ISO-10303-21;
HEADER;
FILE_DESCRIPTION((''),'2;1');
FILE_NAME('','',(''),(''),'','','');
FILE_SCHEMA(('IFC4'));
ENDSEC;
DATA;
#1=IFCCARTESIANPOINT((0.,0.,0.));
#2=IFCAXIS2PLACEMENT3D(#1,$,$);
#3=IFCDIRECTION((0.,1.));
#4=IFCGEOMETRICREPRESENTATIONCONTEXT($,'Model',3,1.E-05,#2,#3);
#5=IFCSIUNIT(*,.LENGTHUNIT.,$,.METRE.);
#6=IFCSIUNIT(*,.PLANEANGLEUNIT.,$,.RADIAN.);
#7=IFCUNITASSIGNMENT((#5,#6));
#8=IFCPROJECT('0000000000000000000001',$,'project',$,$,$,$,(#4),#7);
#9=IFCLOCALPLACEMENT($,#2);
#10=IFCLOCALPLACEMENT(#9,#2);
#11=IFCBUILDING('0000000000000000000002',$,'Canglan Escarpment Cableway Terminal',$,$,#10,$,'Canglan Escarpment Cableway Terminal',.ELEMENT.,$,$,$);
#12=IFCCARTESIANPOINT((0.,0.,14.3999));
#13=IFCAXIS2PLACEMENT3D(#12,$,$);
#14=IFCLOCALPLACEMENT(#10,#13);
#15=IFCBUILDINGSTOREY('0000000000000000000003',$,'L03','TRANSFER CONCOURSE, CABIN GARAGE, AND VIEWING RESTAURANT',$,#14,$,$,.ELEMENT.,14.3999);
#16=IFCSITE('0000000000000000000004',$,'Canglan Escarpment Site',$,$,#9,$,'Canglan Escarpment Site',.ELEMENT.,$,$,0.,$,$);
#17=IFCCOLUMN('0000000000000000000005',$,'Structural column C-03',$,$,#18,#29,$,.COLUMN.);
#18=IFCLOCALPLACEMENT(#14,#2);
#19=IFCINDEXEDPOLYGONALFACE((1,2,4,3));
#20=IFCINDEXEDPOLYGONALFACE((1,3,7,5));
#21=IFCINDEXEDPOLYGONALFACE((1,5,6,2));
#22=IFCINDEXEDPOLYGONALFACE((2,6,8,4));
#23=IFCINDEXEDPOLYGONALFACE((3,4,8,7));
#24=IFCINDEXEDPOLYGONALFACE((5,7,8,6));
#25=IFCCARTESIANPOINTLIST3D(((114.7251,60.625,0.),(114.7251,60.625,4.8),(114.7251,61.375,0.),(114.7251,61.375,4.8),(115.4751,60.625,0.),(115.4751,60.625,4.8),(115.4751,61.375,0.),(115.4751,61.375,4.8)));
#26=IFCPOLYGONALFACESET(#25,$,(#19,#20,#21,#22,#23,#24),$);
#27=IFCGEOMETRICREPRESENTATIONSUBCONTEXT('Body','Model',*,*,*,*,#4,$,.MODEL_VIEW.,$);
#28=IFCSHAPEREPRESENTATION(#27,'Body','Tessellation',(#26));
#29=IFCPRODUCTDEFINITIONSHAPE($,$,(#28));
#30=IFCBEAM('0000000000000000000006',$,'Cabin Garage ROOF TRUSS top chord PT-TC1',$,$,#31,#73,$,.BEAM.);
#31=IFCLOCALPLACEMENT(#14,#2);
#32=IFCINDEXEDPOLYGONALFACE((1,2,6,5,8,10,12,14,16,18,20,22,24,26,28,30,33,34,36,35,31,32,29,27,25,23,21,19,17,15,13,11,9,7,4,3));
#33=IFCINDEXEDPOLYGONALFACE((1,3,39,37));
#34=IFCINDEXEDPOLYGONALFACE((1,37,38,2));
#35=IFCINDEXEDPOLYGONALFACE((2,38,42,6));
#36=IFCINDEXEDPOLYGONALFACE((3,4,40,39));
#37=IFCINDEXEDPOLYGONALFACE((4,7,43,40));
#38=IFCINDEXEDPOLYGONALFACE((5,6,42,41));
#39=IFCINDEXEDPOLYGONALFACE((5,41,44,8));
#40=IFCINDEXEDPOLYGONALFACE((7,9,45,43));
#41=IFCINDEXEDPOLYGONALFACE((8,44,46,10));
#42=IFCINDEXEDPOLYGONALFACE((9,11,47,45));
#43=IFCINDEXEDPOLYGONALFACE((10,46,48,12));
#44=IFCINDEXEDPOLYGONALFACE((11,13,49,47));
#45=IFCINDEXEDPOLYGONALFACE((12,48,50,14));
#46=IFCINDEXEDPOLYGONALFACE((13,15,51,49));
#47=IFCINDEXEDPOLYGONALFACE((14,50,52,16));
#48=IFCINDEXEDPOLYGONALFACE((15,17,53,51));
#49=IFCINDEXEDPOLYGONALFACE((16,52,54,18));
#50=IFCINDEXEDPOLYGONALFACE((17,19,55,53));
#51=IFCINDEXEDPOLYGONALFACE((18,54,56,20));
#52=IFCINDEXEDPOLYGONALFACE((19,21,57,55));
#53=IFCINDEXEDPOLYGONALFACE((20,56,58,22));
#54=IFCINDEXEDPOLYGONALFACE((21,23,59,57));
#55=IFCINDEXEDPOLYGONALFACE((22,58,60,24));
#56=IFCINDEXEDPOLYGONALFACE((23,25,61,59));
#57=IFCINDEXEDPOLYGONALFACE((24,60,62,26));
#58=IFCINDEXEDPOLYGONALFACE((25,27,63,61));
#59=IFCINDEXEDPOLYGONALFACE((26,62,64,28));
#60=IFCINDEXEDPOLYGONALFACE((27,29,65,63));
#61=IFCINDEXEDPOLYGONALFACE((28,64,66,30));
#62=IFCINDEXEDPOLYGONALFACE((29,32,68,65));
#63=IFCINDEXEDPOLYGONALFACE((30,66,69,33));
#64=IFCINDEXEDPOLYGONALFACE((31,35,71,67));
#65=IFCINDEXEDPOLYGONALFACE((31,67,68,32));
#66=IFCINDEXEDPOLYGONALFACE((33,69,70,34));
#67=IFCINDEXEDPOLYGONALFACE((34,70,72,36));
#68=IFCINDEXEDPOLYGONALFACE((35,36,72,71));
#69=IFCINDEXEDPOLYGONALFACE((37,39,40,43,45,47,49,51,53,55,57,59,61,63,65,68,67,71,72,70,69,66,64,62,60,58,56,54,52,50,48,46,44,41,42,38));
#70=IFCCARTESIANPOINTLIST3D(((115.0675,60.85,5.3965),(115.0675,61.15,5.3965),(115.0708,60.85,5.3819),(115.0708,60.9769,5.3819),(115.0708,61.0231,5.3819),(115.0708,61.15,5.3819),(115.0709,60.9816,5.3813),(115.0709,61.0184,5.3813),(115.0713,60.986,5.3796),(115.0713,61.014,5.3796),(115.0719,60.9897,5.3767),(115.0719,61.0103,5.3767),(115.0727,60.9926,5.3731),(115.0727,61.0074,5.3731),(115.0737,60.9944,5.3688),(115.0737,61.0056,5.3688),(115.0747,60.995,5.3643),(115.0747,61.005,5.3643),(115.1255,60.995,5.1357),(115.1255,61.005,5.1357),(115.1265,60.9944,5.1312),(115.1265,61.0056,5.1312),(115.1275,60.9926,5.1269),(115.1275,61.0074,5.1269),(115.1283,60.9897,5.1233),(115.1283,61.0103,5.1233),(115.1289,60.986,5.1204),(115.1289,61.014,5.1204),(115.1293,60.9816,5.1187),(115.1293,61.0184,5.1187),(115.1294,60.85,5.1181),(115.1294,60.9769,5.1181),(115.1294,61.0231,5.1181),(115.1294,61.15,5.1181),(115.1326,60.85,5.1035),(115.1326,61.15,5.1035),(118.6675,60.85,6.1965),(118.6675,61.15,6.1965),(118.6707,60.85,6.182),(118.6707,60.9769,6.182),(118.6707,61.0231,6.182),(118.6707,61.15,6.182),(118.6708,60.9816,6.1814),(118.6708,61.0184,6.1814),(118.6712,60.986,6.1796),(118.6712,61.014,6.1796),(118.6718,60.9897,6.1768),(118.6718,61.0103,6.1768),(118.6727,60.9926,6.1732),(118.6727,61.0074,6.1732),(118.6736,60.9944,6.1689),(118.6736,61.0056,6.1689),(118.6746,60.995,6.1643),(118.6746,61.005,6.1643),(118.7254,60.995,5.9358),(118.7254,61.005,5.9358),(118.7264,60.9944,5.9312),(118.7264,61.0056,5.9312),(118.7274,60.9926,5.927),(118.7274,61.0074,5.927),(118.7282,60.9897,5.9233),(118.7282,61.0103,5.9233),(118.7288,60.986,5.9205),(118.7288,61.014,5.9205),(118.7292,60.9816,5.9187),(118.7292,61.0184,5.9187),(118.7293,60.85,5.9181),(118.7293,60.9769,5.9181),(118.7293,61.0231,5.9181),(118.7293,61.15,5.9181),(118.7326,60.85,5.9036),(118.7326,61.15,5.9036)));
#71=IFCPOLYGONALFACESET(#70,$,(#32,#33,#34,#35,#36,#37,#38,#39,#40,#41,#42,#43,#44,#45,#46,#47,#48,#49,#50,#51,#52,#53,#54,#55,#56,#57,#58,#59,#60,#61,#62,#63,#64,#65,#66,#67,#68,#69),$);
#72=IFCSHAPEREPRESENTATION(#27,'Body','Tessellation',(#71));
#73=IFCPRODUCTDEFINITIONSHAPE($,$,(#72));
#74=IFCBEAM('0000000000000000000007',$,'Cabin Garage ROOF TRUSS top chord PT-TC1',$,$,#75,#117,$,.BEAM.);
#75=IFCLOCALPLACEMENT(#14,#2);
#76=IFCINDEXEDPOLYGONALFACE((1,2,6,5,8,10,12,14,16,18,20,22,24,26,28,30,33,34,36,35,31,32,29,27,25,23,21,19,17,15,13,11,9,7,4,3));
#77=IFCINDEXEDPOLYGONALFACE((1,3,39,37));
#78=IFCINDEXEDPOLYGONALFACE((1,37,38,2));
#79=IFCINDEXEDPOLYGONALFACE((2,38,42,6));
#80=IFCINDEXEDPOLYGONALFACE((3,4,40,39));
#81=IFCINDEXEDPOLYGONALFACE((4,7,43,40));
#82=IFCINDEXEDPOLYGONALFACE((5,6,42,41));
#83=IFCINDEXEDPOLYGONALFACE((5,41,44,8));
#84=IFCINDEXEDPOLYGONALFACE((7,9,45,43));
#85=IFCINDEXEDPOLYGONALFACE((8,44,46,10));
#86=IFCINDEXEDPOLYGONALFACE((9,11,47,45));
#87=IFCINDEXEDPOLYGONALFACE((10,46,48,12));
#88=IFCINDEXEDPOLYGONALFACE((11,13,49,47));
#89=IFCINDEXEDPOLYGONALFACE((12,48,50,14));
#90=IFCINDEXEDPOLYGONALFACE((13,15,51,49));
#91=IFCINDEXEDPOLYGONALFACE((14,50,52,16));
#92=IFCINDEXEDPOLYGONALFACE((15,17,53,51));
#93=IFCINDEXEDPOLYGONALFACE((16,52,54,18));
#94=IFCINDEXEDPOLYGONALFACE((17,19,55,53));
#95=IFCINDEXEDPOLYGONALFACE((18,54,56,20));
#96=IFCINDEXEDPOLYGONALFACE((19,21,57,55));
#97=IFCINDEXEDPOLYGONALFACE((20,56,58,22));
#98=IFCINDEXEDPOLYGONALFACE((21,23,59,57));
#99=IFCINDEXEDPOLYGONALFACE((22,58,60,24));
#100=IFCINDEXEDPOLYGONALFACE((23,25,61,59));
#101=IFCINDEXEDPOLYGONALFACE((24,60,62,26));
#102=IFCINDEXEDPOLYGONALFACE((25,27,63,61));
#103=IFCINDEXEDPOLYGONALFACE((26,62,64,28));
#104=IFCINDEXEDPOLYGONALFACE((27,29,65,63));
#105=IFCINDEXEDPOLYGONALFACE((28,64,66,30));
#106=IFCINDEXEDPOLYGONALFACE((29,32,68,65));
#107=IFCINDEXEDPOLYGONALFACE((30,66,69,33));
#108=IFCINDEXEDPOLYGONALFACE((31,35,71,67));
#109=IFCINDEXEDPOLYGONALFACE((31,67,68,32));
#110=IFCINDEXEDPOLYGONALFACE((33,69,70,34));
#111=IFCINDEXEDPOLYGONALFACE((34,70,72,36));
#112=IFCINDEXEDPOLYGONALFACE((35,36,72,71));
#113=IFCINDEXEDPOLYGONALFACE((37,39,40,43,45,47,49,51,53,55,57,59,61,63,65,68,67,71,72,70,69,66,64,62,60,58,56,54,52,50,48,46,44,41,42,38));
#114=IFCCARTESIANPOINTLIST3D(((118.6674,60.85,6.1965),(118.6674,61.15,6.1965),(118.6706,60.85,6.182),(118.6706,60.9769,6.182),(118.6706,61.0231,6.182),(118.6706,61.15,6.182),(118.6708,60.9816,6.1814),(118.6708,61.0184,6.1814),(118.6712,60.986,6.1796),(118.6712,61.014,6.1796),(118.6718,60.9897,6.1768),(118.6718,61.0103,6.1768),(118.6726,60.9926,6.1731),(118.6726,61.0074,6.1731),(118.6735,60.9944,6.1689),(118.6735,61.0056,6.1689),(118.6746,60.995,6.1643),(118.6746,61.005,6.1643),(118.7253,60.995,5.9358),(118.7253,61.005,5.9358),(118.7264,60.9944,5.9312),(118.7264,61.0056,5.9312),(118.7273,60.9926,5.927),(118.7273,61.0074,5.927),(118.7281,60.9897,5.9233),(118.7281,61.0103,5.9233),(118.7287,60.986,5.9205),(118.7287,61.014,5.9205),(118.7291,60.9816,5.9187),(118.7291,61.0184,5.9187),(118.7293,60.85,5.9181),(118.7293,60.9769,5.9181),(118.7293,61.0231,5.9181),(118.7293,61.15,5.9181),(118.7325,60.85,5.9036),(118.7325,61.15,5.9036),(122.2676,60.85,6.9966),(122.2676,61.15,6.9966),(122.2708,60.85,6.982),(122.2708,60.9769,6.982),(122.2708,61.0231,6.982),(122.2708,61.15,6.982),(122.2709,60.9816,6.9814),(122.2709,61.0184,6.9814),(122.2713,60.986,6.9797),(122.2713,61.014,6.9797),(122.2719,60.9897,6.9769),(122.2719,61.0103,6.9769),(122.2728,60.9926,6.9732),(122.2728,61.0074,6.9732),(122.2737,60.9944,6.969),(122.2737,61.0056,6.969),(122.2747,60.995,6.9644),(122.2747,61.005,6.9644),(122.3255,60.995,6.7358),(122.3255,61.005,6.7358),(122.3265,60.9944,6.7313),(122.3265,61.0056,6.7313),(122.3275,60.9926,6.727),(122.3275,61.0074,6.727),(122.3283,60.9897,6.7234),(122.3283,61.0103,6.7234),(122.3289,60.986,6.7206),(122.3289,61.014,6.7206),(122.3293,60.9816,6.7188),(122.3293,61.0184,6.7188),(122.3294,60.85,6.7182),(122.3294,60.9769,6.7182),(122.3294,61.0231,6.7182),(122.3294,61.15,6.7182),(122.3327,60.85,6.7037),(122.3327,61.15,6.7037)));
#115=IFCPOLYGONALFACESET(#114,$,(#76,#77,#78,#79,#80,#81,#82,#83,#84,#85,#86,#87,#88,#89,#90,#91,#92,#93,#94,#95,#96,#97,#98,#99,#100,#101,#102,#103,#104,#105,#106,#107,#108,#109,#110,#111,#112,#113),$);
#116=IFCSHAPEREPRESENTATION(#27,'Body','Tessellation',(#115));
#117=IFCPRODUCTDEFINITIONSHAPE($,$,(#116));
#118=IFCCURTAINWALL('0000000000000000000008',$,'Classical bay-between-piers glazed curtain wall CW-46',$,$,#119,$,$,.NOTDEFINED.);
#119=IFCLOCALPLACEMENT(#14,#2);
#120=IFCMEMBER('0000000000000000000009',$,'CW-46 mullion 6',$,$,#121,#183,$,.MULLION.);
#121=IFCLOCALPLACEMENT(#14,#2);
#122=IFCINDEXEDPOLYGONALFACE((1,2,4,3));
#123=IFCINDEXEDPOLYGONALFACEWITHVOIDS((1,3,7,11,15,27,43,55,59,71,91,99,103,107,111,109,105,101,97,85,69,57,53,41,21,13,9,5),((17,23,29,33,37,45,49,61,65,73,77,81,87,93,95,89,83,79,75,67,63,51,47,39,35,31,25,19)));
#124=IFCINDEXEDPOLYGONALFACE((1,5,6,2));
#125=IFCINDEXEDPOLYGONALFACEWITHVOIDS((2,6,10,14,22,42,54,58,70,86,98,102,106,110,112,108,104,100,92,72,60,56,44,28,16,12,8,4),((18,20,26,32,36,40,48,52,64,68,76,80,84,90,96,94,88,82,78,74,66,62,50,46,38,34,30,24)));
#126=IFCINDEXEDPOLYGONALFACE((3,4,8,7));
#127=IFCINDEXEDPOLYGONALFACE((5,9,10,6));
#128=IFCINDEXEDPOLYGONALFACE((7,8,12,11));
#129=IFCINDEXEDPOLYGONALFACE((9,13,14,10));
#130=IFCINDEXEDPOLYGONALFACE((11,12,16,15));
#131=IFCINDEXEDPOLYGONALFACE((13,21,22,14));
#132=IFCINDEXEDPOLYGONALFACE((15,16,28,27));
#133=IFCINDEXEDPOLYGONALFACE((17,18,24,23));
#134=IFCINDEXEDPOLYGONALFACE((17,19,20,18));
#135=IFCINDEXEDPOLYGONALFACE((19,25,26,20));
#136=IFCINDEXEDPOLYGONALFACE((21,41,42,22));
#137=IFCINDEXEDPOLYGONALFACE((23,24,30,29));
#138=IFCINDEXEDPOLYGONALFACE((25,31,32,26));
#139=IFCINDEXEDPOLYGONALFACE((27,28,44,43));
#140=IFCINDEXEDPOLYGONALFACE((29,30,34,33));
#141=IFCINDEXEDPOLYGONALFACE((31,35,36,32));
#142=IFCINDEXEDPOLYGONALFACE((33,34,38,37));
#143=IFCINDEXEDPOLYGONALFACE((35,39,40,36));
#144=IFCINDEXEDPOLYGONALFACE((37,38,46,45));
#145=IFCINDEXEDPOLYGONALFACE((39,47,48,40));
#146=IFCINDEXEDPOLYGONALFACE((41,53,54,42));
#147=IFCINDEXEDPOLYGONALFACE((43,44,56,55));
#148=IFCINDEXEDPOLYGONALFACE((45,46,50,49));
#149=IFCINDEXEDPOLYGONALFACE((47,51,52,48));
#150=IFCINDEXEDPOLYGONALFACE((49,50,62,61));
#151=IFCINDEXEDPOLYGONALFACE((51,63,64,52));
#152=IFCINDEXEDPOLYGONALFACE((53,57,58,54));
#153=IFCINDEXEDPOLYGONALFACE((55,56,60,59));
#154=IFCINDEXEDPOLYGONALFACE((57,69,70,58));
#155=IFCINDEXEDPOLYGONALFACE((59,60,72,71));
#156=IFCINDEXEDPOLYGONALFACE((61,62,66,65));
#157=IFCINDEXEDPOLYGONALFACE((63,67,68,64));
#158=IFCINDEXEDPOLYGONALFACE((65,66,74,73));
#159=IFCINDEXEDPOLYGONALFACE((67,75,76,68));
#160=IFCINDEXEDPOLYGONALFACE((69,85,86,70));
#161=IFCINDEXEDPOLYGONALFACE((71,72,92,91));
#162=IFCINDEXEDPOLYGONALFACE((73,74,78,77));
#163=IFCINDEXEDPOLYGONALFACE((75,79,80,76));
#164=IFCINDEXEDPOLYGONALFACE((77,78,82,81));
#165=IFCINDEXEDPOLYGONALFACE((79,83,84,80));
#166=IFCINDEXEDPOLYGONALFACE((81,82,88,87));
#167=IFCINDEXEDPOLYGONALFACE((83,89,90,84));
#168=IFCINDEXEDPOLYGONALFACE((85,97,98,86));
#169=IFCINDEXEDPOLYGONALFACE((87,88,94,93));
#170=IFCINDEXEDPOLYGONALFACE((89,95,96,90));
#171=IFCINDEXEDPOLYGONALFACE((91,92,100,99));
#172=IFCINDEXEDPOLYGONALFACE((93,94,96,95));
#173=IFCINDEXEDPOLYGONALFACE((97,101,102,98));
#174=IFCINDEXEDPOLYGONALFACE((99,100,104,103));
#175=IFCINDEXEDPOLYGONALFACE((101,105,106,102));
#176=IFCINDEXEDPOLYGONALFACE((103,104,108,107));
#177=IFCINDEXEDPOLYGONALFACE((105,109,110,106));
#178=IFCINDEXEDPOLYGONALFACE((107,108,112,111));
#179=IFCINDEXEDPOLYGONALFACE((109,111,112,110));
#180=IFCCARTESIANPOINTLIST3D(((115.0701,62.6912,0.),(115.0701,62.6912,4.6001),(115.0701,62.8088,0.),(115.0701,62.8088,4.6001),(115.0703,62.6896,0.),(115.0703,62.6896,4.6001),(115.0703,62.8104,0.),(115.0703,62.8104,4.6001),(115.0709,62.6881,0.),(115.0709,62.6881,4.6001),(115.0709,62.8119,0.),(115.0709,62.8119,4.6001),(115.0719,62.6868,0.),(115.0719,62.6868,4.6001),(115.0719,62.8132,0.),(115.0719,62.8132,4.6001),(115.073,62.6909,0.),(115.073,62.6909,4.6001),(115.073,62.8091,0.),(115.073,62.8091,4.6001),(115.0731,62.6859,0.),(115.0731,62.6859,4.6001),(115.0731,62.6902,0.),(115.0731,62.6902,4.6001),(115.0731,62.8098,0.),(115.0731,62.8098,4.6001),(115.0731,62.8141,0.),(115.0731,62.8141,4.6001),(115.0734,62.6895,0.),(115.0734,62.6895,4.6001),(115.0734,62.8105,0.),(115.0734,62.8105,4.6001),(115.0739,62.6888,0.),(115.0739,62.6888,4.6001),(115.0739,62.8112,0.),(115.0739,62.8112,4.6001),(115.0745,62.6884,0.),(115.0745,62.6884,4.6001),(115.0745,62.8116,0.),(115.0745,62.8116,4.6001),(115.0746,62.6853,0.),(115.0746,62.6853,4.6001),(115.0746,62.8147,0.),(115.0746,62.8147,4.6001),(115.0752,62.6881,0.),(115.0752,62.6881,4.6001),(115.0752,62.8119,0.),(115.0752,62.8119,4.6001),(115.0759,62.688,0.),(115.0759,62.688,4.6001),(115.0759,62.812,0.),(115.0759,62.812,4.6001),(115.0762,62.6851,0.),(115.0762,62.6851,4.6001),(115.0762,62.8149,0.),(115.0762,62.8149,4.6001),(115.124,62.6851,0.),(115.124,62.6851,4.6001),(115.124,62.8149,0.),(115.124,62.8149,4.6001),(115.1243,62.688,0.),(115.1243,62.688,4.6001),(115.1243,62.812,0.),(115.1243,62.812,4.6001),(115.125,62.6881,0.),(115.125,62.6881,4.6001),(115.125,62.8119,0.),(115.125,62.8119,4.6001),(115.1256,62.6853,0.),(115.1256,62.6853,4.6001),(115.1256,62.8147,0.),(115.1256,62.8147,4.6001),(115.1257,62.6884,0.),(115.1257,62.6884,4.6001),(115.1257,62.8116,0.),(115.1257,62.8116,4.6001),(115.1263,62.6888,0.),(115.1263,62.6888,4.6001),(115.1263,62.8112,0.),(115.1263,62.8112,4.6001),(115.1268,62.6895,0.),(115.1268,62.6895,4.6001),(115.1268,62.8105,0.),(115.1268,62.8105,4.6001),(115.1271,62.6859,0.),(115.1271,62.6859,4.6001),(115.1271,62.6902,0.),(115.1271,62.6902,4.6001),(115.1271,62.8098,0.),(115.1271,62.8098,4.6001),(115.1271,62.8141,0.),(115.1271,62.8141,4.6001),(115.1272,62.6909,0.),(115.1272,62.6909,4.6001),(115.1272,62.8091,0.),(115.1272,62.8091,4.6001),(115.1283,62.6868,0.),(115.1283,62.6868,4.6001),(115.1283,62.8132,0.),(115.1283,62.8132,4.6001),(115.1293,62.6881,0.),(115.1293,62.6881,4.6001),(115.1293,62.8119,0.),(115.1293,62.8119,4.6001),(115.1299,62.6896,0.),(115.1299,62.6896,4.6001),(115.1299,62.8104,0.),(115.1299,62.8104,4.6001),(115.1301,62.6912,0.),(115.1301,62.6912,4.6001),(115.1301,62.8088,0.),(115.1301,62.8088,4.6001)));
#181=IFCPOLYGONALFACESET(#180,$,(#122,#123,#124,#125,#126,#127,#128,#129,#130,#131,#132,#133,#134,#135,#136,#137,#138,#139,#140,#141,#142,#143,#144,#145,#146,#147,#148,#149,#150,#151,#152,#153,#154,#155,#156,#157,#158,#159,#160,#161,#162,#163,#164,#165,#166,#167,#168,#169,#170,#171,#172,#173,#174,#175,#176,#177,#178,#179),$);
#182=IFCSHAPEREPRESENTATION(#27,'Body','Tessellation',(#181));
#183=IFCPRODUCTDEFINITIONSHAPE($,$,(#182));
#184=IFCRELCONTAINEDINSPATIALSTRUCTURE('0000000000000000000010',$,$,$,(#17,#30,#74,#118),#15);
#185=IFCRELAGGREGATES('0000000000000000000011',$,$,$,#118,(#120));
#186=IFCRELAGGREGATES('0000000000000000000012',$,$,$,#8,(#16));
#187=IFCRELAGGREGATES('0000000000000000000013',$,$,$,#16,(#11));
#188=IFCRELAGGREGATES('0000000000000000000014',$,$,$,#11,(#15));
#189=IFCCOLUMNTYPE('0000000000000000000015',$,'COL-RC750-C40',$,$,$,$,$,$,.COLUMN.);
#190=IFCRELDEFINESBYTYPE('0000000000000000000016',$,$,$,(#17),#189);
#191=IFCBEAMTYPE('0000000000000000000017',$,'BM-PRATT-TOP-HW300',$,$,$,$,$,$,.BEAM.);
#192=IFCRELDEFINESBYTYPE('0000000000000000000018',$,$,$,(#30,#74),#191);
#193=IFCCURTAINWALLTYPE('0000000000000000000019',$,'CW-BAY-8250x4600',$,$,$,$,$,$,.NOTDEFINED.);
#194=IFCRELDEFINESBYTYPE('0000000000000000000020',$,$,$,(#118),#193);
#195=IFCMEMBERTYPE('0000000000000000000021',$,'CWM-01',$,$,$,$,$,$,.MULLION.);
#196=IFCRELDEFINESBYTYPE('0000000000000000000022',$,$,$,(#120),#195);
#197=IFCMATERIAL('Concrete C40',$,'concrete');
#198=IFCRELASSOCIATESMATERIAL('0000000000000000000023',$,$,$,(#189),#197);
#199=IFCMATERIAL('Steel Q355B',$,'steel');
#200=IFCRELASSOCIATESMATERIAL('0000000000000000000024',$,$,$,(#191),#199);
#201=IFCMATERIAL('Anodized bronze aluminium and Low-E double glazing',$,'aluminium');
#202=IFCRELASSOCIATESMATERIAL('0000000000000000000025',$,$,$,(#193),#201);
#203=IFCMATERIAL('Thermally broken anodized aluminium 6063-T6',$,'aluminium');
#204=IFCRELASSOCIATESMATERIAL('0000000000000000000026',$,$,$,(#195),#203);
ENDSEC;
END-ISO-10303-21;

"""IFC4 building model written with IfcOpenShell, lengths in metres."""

from ifc_helpers import new_model, si_unit, direction, frame, origin, origin_2d, place, context, subcontext, project, spatial, rectangle, hollow_rectangle, i_section, extrude, material, material_profile, profile_set, type_object, element, aggregate, save


model = new_model("IFC4")

# Units and contexts
model_context = context("Model", 3, precision=1e-05, world=origin(), true_north=direction((0.0, 1.0)))
body_context = subcontext(model_context, "Body", "Model", "MODEL_VIEW")
ifc_project = project(units=[si_unit("LENGTHUNIT", "METRE"), si_unit("PLANEANGLEUNIT", "RADIAN")], contexts=[model_context])

# Site, building, storey
site_placement = place(None, origin())
site = spatial("IfcSite", under=ifc_project, at=site_placement, Name="Canglan Escarpment Site", LongName="Canglan Escarpment Site", CompositionType="ELEMENT", RefElevation=0.0)
building_placement = place(site_placement, origin())
building = spatial("IfcBuilding", under=site, at=building_placement, Name="Canglan Escarpment Cableway Terminal", LongName="Canglan Escarpment Cableway Terminal", CompositionType="ELEMENT")
storey_placement = place(building_placement, frame((0.0, 0.0, 14.3999)))
storey = spatial("IfcBuildingStorey", under=building, at=storey_placement, Name="L03", Description="TRANSFER CONCOURSE, CABIN GARAGE, AND VIEWING RESTAURANT", CompositionType="ELEMENT", Elevation=14.3999)

# Column
ifc_material_1 = material(Name="Concrete C40", Category="concrete")
ifc_material_profile_1 = material_profile(ifc_material_1, rectangle(XDim=0.75, YDim=0.75, at=origin_2d()), Name="RC 750x750")
ifc_profile_set_1 = profile_set([ifc_material_profile_1], Name="Concrete C40")
column_type = type_object("IfcColumnType", Name="COL-RC750-C40", PredefinedType="COLUMN", material=ifc_profile_set_1)
column_placement = place(storey_placement, frame((115.1001, 61.0, 0.0), z_axis=(0.0, 0.0, 1.0), x_axis=(1.0, 0.0, 0.0)))
element("IfcColumn", 1, at=column_placement, inside=storey, type_object=column_type, Name="Structural column C-03", PredefinedType="COLUMN", context=body_context, shape_type="SweptSolid", body=[
    extrude(rectangle(XDim=0.75, YDim=0.75, at=origin_2d()), origin(), (0.0, 0.0, 1.0), 4.8),
])

# Beams
ifc_material_2 = material(Name="Steel Q355B", Category="steel")
ifc_material_profile_2 = material_profile(ifc_material_2, i_section(OverallWidth=0.3, OverallDepth=0.3, WebThickness=0.01, FlangeThickness=0.0149, FilletRadius=0.0181, at=origin_2d()), Name="HW 300x300x10x15")
ifc_profile_set_2 = profile_set([ifc_material_profile_2], Name="Steel Q355B")
beam_type = type_object("IfcBeamType", Name="BM-PRATT-TOP-HW300", PredefinedType="BEAM", material=ifc_profile_set_2)
beam_1_placement = place(storey_placement, frame((115.1001, 61.0, 5.25), z_axis=(0.976182, 0.0, 0.216951), x_axis=(0.0, 1.0, 0.0)))
element("IfcBeam", 2, at=beam_1_placement, inside=storey, type_object=beam_type, Name="Cabin Garage ROOF TRUSS top chord PT-TC1", PredefinedType="BEAM", context=body_context, shape_type="SweptSolid", body=[
    extrude(i_section(OverallWidth=0.3, OverallDepth=0.3, WebThickness=0.01, FlangeThickness=0.0149, FilletRadius=0.0181, at=origin_2d()), origin(), (0.0, 0.0, 1.0), 3.6877),
])
beam_2_placement = place(storey_placement, frame((118.7, 61.0, 6.05), z_axis=(0.976186, 0.0, 0.216937), x_axis=(0.0, 1.0, 0.0)))
element("IfcBeam", 3, at=beam_2_placement, inside=storey, type_object=beam_type, Name="Cabin Garage ROOF TRUSS top chord PT-TC1", PredefinedType="BEAM", context=body_context, shape_type="SweptSolid", body=[
    extrude(i_section(OverallWidth=0.3, OverallDepth=0.3, WebThickness=0.01, FlangeThickness=0.0149, FilletRadius=0.0181, at=origin_2d()), origin(), (0.0, 0.0, 1.0), 3.688),
])

# Curtain wall, member
ifc_material_3 = material(Name="Anodized bronze aluminium and Low-E double glazing", Category="aluminium")
curtain_wall_type = type_object("IfcCurtainWallType", Name="CW-BAY-8250x4600", PredefinedType="NOTDEFINED", material=ifc_material_3)
curtain_wall_placement = place(storey_placement, origin())
curtain_wall = element("IfcCurtainWall", 4, at=curtain_wall_placement, inside=storey, type_object=curtain_wall_type, Name="Classical bay-between-piers glazed curtain wall CW-46", PredefinedType="NOTDEFINED")
ifc_material_4 = material(Name="Thermally broken anodized aluminium 6063-T6", Category="aluminium")
ifc_material_profile_3 = material_profile(ifc_material_4, hollow_rectangle(XDim=0.0601, YDim=0.1299, WallThickness=0.0029, InnerFilletRadius=0.0029, OuterFilletRadius=0.0061, at=origin_2d()), Name="ALU-MULL 60x130x3")
ifc_profile_set_3 = profile_set([ifc_material_profile_3], Name="Thermally broken anodized aluminium 6063-T6")
member_type_1 = type_object("IfcMemberType", Name="CWM-01", PredefinedType="MULLION", material=ifc_profile_set_3)
member_1_placement = place(storey_placement, frame((115.1001, 62.75, 0.0), z_axis=(0.0, 0.0, 1.0), x_axis=(1.0, 0.0, 0.0)))
member_1 = element("IfcMember", 5, at=member_1_placement, type_object=member_type_1, Name="CW-46 mullion 6", PredefinedType="MULLION", context=body_context, shape_type="SweptSolid", body=[
    extrude(hollow_rectangle(XDim=0.0601, YDim=0.1299, WallThickness=0.0029, InnerFilletRadius=0.0029, OuterFilletRadius=0.0061, at=origin_2d()), origin(), (0.0, 0.0, 1.0), 4.6001),
])

aggregate(curtain_wall, [member_1])

save(model, "model.ifc")
